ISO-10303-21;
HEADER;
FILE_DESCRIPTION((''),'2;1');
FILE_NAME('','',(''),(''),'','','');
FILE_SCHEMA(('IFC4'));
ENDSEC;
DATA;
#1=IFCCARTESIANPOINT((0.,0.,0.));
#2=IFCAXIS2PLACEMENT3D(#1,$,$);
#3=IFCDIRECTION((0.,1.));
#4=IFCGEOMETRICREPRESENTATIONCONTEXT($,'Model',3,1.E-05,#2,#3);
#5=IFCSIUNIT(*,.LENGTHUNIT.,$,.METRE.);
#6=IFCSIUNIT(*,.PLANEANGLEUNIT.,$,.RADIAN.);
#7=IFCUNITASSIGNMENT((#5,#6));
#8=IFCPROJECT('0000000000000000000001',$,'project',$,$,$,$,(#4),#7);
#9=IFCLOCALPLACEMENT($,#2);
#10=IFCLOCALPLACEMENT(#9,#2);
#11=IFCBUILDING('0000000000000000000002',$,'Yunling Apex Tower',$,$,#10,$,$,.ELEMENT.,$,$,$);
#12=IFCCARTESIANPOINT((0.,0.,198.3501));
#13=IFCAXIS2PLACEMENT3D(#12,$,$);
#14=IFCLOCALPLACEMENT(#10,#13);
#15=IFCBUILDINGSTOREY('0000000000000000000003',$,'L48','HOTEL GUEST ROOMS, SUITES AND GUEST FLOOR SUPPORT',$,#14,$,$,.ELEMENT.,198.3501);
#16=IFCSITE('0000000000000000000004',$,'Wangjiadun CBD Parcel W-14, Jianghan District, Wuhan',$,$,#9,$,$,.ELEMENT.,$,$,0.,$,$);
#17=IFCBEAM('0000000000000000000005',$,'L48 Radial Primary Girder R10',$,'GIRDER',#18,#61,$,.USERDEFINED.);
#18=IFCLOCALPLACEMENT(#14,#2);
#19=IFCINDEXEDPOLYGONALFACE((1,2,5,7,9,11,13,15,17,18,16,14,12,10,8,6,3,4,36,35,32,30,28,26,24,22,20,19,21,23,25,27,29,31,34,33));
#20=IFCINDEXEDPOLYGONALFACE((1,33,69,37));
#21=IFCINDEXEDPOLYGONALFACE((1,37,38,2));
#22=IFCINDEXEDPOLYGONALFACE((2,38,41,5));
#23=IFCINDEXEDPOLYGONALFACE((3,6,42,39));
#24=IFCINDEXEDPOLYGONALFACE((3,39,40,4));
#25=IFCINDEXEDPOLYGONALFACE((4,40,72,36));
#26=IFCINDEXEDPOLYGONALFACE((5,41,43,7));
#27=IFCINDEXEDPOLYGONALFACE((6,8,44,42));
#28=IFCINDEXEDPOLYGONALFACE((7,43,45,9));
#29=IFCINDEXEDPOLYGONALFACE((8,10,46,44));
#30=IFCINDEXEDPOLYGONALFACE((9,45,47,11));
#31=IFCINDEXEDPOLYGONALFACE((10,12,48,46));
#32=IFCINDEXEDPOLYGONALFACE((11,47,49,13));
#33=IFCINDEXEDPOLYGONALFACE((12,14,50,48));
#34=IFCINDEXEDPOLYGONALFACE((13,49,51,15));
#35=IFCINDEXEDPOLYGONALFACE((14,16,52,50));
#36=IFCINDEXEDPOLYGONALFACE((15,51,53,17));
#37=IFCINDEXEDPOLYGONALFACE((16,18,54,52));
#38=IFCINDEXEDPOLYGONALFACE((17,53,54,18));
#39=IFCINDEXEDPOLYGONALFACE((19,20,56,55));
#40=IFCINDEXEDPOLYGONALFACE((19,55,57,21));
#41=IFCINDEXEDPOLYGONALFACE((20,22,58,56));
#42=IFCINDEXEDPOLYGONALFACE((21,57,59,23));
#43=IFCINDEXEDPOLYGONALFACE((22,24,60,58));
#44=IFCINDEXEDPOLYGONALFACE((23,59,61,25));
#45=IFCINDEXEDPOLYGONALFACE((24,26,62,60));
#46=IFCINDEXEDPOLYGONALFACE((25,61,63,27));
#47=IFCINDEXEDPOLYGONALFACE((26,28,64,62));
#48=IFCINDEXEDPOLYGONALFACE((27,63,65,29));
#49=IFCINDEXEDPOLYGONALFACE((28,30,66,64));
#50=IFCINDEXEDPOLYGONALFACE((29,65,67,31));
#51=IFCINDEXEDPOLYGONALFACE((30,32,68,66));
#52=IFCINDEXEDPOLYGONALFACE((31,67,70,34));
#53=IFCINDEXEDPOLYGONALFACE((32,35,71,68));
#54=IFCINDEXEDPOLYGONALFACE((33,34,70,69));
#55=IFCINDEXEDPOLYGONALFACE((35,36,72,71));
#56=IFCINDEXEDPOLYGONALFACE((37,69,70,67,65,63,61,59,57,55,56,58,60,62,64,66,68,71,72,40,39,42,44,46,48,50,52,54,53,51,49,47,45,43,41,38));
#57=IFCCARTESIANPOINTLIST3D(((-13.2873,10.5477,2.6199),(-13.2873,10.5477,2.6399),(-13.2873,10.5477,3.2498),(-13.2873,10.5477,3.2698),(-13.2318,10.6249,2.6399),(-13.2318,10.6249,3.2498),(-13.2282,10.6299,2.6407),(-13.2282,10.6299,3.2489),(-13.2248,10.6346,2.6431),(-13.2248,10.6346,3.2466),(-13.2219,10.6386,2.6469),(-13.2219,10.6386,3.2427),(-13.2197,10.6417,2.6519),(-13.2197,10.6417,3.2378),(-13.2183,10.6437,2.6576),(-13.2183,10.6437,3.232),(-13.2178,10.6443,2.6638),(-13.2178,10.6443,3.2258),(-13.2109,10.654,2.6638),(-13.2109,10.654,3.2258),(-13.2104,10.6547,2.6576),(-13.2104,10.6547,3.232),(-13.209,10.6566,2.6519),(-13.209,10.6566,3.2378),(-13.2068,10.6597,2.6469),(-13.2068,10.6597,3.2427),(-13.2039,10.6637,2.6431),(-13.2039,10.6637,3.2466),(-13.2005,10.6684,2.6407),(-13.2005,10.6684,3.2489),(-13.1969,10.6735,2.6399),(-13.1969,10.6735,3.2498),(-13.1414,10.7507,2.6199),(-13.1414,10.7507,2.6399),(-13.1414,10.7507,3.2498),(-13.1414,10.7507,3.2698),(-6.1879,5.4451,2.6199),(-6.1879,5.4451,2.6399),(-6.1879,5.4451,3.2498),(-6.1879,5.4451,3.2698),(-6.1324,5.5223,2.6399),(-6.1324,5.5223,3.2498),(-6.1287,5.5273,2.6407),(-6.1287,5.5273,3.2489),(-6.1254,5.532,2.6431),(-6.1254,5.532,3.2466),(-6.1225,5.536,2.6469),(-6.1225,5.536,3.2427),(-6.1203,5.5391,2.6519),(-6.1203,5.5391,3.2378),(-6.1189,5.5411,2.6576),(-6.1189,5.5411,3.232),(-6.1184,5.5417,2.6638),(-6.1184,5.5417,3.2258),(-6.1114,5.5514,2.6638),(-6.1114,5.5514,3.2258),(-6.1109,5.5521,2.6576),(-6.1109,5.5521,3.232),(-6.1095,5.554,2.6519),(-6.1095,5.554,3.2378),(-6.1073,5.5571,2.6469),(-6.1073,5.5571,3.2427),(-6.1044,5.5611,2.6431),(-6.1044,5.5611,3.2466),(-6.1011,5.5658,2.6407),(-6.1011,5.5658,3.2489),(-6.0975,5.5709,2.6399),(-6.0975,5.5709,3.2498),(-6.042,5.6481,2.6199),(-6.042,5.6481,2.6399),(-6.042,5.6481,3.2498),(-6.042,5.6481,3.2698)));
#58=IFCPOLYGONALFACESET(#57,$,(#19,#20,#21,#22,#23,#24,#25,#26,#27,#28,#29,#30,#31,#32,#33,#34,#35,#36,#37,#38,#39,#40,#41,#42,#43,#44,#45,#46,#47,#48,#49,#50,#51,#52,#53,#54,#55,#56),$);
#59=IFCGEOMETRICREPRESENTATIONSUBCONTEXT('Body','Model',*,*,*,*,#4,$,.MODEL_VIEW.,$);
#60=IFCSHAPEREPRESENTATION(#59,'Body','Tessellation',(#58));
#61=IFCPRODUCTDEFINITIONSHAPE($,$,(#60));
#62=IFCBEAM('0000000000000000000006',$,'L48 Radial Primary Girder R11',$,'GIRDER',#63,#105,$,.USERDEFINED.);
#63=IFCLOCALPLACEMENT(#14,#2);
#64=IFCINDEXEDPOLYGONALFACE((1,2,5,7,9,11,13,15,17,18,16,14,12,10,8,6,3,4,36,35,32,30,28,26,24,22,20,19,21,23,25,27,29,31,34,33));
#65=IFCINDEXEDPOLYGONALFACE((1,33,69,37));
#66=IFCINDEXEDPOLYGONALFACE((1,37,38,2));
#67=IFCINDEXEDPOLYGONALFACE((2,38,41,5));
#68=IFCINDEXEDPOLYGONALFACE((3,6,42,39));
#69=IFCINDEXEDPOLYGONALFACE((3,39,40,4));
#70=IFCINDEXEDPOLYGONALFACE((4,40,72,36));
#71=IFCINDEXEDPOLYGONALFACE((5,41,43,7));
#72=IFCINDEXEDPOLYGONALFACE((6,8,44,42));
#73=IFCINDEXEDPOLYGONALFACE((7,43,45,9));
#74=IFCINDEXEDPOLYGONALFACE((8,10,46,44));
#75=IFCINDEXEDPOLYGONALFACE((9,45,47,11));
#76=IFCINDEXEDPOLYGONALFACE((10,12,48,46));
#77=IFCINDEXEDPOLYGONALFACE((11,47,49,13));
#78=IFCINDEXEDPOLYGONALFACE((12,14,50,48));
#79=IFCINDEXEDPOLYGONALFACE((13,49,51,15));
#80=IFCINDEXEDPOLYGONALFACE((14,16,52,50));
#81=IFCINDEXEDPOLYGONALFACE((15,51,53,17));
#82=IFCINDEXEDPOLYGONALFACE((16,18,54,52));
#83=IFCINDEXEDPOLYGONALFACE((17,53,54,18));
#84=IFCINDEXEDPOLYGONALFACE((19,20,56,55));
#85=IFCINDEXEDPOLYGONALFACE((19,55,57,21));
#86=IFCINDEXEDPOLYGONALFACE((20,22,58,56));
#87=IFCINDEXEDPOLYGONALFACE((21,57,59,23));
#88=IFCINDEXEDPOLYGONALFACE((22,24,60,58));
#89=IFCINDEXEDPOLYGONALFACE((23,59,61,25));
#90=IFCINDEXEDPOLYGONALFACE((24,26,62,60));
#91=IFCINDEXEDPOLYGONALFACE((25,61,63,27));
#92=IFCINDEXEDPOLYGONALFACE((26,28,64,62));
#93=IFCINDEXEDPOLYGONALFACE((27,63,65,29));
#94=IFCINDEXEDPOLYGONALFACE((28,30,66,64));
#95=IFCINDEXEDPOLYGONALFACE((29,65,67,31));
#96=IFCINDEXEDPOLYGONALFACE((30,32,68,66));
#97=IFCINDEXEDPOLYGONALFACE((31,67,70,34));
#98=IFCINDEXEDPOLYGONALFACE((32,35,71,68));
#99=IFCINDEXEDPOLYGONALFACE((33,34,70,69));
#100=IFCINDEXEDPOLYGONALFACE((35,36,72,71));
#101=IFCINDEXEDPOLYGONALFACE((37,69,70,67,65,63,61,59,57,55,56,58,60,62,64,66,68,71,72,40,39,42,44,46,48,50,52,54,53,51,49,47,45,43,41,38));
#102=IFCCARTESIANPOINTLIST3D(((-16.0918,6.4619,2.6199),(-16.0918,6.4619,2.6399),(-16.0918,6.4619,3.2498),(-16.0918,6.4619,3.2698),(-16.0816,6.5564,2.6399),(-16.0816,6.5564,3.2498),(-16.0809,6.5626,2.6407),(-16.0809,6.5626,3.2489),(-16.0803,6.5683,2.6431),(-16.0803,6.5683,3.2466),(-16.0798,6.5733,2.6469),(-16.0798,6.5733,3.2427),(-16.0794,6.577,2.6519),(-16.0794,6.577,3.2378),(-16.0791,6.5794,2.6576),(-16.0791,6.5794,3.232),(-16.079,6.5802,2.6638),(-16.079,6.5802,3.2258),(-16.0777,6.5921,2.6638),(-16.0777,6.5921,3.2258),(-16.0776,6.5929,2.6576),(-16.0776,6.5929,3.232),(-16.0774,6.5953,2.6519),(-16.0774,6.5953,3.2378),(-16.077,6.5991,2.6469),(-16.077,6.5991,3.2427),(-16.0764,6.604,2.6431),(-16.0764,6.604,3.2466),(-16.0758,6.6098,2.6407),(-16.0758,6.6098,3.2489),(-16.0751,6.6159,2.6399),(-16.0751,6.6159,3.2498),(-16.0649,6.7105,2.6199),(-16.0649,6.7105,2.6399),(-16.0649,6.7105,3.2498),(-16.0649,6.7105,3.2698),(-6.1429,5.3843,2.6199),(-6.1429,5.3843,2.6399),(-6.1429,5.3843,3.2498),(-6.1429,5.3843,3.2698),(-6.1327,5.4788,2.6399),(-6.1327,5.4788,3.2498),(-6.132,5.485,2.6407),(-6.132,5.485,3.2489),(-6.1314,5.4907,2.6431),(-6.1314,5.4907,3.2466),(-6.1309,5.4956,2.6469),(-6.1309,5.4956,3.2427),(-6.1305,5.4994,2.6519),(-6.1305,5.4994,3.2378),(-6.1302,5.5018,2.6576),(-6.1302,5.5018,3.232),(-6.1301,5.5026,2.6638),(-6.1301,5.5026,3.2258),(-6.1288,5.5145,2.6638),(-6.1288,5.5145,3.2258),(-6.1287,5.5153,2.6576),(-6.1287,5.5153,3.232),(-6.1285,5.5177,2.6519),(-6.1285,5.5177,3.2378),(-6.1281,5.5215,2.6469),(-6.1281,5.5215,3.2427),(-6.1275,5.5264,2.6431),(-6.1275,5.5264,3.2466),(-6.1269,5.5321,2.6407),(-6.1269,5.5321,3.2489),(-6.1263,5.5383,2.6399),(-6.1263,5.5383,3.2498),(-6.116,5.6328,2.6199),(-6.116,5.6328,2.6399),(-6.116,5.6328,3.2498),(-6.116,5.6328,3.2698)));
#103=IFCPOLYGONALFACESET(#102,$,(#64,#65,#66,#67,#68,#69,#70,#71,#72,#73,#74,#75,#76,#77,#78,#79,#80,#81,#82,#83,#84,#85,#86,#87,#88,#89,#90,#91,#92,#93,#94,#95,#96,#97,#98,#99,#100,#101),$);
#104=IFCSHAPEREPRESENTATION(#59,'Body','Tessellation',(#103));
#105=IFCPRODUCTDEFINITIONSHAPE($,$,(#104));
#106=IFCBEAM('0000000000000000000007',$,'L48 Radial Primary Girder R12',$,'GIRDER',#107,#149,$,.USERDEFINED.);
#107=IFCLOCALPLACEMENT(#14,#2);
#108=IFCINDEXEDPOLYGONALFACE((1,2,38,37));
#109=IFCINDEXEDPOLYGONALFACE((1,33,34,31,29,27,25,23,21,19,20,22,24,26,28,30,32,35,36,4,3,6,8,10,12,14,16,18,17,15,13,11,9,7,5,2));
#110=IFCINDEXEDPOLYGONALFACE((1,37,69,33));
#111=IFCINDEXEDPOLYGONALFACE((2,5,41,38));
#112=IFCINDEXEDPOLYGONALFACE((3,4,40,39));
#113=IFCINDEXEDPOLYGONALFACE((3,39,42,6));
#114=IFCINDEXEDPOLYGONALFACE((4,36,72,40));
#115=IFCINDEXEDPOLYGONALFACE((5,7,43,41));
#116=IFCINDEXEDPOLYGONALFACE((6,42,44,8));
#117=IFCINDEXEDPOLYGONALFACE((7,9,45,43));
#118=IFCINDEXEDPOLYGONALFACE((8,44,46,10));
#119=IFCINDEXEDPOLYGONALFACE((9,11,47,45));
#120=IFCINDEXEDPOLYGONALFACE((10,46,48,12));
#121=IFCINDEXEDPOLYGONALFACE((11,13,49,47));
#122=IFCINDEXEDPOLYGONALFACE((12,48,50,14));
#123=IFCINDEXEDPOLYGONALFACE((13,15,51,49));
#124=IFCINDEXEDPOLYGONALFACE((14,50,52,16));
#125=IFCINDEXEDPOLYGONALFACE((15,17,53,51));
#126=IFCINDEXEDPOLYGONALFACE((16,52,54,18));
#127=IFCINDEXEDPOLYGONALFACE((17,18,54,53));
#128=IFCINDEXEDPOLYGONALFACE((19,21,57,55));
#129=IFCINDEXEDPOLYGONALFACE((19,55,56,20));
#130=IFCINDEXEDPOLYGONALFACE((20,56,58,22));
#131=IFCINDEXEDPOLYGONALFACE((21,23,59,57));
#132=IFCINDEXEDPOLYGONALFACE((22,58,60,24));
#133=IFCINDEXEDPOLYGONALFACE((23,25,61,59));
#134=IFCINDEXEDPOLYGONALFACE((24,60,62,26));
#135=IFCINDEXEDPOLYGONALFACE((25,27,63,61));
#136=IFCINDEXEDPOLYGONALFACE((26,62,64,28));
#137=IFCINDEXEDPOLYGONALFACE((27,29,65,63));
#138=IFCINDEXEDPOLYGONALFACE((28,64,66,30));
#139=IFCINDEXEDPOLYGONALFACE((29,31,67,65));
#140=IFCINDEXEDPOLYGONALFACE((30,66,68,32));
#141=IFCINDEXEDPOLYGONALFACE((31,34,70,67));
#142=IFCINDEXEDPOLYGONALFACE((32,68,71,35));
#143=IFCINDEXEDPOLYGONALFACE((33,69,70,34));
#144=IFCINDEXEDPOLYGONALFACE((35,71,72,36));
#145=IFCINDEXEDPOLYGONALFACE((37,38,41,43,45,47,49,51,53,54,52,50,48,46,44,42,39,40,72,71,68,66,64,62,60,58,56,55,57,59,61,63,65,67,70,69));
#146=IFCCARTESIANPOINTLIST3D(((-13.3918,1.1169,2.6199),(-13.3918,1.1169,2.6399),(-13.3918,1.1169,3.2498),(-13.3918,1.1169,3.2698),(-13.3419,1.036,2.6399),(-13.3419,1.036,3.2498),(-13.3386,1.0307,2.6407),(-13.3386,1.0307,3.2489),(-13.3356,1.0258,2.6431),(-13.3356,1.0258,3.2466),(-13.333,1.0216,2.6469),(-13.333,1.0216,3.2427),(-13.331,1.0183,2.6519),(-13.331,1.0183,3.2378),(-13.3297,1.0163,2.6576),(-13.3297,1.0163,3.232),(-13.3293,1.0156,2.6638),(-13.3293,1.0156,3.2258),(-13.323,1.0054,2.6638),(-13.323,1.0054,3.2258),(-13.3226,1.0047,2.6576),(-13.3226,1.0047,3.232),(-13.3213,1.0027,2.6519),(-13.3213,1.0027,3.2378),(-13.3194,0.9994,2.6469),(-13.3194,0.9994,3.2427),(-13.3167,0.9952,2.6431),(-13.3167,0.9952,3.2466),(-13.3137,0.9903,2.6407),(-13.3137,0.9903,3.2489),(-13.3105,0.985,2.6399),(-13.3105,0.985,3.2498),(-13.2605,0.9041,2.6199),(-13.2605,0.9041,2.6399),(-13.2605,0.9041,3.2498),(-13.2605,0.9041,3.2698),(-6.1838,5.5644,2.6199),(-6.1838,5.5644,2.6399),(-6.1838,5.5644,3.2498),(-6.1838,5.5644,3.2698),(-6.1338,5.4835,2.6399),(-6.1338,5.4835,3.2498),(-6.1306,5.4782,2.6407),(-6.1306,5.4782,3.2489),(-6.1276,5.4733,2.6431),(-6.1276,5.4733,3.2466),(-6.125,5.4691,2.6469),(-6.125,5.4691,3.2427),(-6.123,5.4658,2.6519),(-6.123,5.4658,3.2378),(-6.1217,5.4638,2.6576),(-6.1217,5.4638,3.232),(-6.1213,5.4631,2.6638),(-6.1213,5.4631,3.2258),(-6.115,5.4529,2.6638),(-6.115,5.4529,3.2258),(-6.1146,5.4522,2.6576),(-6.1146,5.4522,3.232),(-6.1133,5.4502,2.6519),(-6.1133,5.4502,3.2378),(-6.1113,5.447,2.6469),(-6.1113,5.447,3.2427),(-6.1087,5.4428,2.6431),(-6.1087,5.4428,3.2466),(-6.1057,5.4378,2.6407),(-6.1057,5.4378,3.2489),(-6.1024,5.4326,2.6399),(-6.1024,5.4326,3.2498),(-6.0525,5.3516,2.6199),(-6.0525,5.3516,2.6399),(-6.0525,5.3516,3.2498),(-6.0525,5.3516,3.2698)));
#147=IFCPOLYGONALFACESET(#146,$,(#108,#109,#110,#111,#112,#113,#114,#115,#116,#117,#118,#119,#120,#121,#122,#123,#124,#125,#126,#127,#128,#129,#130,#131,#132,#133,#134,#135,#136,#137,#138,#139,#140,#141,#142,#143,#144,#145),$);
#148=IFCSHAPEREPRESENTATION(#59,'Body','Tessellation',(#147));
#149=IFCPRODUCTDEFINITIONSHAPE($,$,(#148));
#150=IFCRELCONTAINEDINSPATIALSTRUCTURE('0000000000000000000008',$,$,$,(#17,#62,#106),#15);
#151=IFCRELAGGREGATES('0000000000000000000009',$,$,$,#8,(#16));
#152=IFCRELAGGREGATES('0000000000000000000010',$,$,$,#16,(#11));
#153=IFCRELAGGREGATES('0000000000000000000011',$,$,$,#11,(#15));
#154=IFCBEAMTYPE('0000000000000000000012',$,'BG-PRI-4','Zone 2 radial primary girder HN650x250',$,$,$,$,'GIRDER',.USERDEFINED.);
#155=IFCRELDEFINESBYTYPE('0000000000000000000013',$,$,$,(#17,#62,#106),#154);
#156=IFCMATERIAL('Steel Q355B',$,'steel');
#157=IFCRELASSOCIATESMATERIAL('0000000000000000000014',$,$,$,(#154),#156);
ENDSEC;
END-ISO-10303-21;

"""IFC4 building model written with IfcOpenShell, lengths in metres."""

from ifc_helpers import new_model, si_unit, direction, frame, origin, origin_2d, place, context, subcontext, project, spatial, i_section, extrude, source, transform, mapped, material, material_profile, profile_set, type_object, element, save


model = new_model("IFC4")

# Units and contexts
model_context = context("Model", 3, precision=1e-05, world=origin(), true_north=direction((0.0, 1.0)))
body_context = subcontext(model_context, "Body", "Model", "MODEL_VIEW")
ifc_project = project(units=[si_unit("LENGTHUNIT", "METRE"), si_unit("PLANEANGLEUNIT", "RADIAN")], contexts=[model_context])

# Site, building, storey
site_placement = place(None, origin())
site = spatial("IfcSite", under=ifc_project, at=site_placement, Name="Wangjiadun CBD Parcel W-14, Jianghan District, Wuhan", CompositionType="ELEMENT", RefElevation=0.0)
building_placement = place(site_placement, origin())
building = spatial("IfcBuilding", under=site, at=building_placement, Name="Yunling Apex Tower", CompositionType="ELEMENT")
storey_placement = place(building_placement, frame((0.0, 0.0, 198.3501)))
storey = spatial("IfcBuildingStorey", under=building, at=storey_placement, Name="L48", Description="HOTEL GUEST ROOMS, SUITES AND GUEST FLOOR SUPPORT", CompositionType="ELEMENT", Elevation=198.3501)

# Beams
ifc_material_1 = material(Name="Steel Q355B", Category="steel")
ifc_material_profile_1 = material_profile(ifc_material_1, i_section(OverallWidth=0.25, OverallDepth=0.6499, WebThickness=0.012, FlangeThickness=0.02, FilletRadius=0.0239, at=origin_2d()))
ifc_profile_set_1 = profile_set([ifc_material_profile_1], Name="Steel Q355B")
beam_type_1 = type_object("IfcBeamType", Name="BG-PRI-4", Description="Zone 2 radial primary girder HN650x250", ElementType="GIRDER", PredefinedType="USERDEFINED", material=ifc_profile_set_1)
shared_shape_1 = source(origin(), body_context, "Body", "SweptSolid", [
    extrude(i_section(OverallWidth=0.25, OverallDepth=0.6499, WebThickness=0.012, FlangeThickness=0.02, FilletRadius=0.0239, at=origin_2d()), origin(), (0.0, 0.0, 1.0), 8.7429),
])
beam_1_placement = place(storey_placement, frame((-13.2144, 10.6492, 2.9448), z_axis=(0.812022, -0.583626, 0.0), x_axis=(0.583626, 0.812022, 0.0)))
element("IfcBeam", 1, at=beam_1_placement, inside=storey, type_object=beam_type_1, Name="L48 Radial Primary Girder R10", ObjectType="GIRDER", PredefinedType="USERDEFINED", context=body_context, shape_type="MappedRepresentation", body=[
    mapped(shared_shape_1, transform((0.0, 0.0, 0.0), scale=1.0)),
])
shared_shape_2 = source(origin(), body_context, "Body", "SweptSolid", [
    extrude(i_section(OverallWidth=0.25, OverallDepth=0.6499, WebThickness=0.012, FlangeThickness=0.02, FilletRadius=0.0239, at=origin_2d()), origin(), (0.0, 0.0, 1.0), 10.0071),
])
beam_2_placement = place(storey_placement, frame((-16.0784, 6.5862, 2.9448), z_axis=(0.994185, -0.107686, 0.0), x_axis=(0.107686, 0.994185, 0.0)))
element("IfcBeam", 2, at=beam_2_placement, inside=storey, type_object=beam_type_1, Name="L48 Radial Primary Girder R11", ObjectType="GIRDER", PredefinedType="USERDEFINED", context=body_context, shape_type="MappedRepresentation", body=[
    mapped(shared_shape_2, transform((0.0, 0.0, 0.0), scale=1.0)),
])
shared_shape_3 = source(origin(), body_context, "Body", "SweptSolid", [
    extrude(i_section(OverallWidth=0.25, OverallDepth=0.6499, WebThickness=0.012, FlangeThickness=0.02, FilletRadius=0.0239, at=origin_2d()), origin(), (0.0, 0.0, 1.0), 8.4697),
])
beam_3_placement = place(storey_placement, frame((-13.3262, 1.0105, 2.9448), z_axis=(0.851035, 0.525109, 0.0), x_axis=(-0.525109, 0.851035, 0.0)))
element("IfcBeam", 3, at=beam_3_placement, inside=storey, type_object=beam_type_1, Name="L48 Radial Primary Girder R12", ObjectType="GIRDER", PredefinedType="USERDEFINED", context=body_context, shape_type="MappedRepresentation", body=[
    mapped(shared_shape_3, transform((0.0, 0.0, 0.0), scale=1.0)),
])

save(model, "model.ifc")
